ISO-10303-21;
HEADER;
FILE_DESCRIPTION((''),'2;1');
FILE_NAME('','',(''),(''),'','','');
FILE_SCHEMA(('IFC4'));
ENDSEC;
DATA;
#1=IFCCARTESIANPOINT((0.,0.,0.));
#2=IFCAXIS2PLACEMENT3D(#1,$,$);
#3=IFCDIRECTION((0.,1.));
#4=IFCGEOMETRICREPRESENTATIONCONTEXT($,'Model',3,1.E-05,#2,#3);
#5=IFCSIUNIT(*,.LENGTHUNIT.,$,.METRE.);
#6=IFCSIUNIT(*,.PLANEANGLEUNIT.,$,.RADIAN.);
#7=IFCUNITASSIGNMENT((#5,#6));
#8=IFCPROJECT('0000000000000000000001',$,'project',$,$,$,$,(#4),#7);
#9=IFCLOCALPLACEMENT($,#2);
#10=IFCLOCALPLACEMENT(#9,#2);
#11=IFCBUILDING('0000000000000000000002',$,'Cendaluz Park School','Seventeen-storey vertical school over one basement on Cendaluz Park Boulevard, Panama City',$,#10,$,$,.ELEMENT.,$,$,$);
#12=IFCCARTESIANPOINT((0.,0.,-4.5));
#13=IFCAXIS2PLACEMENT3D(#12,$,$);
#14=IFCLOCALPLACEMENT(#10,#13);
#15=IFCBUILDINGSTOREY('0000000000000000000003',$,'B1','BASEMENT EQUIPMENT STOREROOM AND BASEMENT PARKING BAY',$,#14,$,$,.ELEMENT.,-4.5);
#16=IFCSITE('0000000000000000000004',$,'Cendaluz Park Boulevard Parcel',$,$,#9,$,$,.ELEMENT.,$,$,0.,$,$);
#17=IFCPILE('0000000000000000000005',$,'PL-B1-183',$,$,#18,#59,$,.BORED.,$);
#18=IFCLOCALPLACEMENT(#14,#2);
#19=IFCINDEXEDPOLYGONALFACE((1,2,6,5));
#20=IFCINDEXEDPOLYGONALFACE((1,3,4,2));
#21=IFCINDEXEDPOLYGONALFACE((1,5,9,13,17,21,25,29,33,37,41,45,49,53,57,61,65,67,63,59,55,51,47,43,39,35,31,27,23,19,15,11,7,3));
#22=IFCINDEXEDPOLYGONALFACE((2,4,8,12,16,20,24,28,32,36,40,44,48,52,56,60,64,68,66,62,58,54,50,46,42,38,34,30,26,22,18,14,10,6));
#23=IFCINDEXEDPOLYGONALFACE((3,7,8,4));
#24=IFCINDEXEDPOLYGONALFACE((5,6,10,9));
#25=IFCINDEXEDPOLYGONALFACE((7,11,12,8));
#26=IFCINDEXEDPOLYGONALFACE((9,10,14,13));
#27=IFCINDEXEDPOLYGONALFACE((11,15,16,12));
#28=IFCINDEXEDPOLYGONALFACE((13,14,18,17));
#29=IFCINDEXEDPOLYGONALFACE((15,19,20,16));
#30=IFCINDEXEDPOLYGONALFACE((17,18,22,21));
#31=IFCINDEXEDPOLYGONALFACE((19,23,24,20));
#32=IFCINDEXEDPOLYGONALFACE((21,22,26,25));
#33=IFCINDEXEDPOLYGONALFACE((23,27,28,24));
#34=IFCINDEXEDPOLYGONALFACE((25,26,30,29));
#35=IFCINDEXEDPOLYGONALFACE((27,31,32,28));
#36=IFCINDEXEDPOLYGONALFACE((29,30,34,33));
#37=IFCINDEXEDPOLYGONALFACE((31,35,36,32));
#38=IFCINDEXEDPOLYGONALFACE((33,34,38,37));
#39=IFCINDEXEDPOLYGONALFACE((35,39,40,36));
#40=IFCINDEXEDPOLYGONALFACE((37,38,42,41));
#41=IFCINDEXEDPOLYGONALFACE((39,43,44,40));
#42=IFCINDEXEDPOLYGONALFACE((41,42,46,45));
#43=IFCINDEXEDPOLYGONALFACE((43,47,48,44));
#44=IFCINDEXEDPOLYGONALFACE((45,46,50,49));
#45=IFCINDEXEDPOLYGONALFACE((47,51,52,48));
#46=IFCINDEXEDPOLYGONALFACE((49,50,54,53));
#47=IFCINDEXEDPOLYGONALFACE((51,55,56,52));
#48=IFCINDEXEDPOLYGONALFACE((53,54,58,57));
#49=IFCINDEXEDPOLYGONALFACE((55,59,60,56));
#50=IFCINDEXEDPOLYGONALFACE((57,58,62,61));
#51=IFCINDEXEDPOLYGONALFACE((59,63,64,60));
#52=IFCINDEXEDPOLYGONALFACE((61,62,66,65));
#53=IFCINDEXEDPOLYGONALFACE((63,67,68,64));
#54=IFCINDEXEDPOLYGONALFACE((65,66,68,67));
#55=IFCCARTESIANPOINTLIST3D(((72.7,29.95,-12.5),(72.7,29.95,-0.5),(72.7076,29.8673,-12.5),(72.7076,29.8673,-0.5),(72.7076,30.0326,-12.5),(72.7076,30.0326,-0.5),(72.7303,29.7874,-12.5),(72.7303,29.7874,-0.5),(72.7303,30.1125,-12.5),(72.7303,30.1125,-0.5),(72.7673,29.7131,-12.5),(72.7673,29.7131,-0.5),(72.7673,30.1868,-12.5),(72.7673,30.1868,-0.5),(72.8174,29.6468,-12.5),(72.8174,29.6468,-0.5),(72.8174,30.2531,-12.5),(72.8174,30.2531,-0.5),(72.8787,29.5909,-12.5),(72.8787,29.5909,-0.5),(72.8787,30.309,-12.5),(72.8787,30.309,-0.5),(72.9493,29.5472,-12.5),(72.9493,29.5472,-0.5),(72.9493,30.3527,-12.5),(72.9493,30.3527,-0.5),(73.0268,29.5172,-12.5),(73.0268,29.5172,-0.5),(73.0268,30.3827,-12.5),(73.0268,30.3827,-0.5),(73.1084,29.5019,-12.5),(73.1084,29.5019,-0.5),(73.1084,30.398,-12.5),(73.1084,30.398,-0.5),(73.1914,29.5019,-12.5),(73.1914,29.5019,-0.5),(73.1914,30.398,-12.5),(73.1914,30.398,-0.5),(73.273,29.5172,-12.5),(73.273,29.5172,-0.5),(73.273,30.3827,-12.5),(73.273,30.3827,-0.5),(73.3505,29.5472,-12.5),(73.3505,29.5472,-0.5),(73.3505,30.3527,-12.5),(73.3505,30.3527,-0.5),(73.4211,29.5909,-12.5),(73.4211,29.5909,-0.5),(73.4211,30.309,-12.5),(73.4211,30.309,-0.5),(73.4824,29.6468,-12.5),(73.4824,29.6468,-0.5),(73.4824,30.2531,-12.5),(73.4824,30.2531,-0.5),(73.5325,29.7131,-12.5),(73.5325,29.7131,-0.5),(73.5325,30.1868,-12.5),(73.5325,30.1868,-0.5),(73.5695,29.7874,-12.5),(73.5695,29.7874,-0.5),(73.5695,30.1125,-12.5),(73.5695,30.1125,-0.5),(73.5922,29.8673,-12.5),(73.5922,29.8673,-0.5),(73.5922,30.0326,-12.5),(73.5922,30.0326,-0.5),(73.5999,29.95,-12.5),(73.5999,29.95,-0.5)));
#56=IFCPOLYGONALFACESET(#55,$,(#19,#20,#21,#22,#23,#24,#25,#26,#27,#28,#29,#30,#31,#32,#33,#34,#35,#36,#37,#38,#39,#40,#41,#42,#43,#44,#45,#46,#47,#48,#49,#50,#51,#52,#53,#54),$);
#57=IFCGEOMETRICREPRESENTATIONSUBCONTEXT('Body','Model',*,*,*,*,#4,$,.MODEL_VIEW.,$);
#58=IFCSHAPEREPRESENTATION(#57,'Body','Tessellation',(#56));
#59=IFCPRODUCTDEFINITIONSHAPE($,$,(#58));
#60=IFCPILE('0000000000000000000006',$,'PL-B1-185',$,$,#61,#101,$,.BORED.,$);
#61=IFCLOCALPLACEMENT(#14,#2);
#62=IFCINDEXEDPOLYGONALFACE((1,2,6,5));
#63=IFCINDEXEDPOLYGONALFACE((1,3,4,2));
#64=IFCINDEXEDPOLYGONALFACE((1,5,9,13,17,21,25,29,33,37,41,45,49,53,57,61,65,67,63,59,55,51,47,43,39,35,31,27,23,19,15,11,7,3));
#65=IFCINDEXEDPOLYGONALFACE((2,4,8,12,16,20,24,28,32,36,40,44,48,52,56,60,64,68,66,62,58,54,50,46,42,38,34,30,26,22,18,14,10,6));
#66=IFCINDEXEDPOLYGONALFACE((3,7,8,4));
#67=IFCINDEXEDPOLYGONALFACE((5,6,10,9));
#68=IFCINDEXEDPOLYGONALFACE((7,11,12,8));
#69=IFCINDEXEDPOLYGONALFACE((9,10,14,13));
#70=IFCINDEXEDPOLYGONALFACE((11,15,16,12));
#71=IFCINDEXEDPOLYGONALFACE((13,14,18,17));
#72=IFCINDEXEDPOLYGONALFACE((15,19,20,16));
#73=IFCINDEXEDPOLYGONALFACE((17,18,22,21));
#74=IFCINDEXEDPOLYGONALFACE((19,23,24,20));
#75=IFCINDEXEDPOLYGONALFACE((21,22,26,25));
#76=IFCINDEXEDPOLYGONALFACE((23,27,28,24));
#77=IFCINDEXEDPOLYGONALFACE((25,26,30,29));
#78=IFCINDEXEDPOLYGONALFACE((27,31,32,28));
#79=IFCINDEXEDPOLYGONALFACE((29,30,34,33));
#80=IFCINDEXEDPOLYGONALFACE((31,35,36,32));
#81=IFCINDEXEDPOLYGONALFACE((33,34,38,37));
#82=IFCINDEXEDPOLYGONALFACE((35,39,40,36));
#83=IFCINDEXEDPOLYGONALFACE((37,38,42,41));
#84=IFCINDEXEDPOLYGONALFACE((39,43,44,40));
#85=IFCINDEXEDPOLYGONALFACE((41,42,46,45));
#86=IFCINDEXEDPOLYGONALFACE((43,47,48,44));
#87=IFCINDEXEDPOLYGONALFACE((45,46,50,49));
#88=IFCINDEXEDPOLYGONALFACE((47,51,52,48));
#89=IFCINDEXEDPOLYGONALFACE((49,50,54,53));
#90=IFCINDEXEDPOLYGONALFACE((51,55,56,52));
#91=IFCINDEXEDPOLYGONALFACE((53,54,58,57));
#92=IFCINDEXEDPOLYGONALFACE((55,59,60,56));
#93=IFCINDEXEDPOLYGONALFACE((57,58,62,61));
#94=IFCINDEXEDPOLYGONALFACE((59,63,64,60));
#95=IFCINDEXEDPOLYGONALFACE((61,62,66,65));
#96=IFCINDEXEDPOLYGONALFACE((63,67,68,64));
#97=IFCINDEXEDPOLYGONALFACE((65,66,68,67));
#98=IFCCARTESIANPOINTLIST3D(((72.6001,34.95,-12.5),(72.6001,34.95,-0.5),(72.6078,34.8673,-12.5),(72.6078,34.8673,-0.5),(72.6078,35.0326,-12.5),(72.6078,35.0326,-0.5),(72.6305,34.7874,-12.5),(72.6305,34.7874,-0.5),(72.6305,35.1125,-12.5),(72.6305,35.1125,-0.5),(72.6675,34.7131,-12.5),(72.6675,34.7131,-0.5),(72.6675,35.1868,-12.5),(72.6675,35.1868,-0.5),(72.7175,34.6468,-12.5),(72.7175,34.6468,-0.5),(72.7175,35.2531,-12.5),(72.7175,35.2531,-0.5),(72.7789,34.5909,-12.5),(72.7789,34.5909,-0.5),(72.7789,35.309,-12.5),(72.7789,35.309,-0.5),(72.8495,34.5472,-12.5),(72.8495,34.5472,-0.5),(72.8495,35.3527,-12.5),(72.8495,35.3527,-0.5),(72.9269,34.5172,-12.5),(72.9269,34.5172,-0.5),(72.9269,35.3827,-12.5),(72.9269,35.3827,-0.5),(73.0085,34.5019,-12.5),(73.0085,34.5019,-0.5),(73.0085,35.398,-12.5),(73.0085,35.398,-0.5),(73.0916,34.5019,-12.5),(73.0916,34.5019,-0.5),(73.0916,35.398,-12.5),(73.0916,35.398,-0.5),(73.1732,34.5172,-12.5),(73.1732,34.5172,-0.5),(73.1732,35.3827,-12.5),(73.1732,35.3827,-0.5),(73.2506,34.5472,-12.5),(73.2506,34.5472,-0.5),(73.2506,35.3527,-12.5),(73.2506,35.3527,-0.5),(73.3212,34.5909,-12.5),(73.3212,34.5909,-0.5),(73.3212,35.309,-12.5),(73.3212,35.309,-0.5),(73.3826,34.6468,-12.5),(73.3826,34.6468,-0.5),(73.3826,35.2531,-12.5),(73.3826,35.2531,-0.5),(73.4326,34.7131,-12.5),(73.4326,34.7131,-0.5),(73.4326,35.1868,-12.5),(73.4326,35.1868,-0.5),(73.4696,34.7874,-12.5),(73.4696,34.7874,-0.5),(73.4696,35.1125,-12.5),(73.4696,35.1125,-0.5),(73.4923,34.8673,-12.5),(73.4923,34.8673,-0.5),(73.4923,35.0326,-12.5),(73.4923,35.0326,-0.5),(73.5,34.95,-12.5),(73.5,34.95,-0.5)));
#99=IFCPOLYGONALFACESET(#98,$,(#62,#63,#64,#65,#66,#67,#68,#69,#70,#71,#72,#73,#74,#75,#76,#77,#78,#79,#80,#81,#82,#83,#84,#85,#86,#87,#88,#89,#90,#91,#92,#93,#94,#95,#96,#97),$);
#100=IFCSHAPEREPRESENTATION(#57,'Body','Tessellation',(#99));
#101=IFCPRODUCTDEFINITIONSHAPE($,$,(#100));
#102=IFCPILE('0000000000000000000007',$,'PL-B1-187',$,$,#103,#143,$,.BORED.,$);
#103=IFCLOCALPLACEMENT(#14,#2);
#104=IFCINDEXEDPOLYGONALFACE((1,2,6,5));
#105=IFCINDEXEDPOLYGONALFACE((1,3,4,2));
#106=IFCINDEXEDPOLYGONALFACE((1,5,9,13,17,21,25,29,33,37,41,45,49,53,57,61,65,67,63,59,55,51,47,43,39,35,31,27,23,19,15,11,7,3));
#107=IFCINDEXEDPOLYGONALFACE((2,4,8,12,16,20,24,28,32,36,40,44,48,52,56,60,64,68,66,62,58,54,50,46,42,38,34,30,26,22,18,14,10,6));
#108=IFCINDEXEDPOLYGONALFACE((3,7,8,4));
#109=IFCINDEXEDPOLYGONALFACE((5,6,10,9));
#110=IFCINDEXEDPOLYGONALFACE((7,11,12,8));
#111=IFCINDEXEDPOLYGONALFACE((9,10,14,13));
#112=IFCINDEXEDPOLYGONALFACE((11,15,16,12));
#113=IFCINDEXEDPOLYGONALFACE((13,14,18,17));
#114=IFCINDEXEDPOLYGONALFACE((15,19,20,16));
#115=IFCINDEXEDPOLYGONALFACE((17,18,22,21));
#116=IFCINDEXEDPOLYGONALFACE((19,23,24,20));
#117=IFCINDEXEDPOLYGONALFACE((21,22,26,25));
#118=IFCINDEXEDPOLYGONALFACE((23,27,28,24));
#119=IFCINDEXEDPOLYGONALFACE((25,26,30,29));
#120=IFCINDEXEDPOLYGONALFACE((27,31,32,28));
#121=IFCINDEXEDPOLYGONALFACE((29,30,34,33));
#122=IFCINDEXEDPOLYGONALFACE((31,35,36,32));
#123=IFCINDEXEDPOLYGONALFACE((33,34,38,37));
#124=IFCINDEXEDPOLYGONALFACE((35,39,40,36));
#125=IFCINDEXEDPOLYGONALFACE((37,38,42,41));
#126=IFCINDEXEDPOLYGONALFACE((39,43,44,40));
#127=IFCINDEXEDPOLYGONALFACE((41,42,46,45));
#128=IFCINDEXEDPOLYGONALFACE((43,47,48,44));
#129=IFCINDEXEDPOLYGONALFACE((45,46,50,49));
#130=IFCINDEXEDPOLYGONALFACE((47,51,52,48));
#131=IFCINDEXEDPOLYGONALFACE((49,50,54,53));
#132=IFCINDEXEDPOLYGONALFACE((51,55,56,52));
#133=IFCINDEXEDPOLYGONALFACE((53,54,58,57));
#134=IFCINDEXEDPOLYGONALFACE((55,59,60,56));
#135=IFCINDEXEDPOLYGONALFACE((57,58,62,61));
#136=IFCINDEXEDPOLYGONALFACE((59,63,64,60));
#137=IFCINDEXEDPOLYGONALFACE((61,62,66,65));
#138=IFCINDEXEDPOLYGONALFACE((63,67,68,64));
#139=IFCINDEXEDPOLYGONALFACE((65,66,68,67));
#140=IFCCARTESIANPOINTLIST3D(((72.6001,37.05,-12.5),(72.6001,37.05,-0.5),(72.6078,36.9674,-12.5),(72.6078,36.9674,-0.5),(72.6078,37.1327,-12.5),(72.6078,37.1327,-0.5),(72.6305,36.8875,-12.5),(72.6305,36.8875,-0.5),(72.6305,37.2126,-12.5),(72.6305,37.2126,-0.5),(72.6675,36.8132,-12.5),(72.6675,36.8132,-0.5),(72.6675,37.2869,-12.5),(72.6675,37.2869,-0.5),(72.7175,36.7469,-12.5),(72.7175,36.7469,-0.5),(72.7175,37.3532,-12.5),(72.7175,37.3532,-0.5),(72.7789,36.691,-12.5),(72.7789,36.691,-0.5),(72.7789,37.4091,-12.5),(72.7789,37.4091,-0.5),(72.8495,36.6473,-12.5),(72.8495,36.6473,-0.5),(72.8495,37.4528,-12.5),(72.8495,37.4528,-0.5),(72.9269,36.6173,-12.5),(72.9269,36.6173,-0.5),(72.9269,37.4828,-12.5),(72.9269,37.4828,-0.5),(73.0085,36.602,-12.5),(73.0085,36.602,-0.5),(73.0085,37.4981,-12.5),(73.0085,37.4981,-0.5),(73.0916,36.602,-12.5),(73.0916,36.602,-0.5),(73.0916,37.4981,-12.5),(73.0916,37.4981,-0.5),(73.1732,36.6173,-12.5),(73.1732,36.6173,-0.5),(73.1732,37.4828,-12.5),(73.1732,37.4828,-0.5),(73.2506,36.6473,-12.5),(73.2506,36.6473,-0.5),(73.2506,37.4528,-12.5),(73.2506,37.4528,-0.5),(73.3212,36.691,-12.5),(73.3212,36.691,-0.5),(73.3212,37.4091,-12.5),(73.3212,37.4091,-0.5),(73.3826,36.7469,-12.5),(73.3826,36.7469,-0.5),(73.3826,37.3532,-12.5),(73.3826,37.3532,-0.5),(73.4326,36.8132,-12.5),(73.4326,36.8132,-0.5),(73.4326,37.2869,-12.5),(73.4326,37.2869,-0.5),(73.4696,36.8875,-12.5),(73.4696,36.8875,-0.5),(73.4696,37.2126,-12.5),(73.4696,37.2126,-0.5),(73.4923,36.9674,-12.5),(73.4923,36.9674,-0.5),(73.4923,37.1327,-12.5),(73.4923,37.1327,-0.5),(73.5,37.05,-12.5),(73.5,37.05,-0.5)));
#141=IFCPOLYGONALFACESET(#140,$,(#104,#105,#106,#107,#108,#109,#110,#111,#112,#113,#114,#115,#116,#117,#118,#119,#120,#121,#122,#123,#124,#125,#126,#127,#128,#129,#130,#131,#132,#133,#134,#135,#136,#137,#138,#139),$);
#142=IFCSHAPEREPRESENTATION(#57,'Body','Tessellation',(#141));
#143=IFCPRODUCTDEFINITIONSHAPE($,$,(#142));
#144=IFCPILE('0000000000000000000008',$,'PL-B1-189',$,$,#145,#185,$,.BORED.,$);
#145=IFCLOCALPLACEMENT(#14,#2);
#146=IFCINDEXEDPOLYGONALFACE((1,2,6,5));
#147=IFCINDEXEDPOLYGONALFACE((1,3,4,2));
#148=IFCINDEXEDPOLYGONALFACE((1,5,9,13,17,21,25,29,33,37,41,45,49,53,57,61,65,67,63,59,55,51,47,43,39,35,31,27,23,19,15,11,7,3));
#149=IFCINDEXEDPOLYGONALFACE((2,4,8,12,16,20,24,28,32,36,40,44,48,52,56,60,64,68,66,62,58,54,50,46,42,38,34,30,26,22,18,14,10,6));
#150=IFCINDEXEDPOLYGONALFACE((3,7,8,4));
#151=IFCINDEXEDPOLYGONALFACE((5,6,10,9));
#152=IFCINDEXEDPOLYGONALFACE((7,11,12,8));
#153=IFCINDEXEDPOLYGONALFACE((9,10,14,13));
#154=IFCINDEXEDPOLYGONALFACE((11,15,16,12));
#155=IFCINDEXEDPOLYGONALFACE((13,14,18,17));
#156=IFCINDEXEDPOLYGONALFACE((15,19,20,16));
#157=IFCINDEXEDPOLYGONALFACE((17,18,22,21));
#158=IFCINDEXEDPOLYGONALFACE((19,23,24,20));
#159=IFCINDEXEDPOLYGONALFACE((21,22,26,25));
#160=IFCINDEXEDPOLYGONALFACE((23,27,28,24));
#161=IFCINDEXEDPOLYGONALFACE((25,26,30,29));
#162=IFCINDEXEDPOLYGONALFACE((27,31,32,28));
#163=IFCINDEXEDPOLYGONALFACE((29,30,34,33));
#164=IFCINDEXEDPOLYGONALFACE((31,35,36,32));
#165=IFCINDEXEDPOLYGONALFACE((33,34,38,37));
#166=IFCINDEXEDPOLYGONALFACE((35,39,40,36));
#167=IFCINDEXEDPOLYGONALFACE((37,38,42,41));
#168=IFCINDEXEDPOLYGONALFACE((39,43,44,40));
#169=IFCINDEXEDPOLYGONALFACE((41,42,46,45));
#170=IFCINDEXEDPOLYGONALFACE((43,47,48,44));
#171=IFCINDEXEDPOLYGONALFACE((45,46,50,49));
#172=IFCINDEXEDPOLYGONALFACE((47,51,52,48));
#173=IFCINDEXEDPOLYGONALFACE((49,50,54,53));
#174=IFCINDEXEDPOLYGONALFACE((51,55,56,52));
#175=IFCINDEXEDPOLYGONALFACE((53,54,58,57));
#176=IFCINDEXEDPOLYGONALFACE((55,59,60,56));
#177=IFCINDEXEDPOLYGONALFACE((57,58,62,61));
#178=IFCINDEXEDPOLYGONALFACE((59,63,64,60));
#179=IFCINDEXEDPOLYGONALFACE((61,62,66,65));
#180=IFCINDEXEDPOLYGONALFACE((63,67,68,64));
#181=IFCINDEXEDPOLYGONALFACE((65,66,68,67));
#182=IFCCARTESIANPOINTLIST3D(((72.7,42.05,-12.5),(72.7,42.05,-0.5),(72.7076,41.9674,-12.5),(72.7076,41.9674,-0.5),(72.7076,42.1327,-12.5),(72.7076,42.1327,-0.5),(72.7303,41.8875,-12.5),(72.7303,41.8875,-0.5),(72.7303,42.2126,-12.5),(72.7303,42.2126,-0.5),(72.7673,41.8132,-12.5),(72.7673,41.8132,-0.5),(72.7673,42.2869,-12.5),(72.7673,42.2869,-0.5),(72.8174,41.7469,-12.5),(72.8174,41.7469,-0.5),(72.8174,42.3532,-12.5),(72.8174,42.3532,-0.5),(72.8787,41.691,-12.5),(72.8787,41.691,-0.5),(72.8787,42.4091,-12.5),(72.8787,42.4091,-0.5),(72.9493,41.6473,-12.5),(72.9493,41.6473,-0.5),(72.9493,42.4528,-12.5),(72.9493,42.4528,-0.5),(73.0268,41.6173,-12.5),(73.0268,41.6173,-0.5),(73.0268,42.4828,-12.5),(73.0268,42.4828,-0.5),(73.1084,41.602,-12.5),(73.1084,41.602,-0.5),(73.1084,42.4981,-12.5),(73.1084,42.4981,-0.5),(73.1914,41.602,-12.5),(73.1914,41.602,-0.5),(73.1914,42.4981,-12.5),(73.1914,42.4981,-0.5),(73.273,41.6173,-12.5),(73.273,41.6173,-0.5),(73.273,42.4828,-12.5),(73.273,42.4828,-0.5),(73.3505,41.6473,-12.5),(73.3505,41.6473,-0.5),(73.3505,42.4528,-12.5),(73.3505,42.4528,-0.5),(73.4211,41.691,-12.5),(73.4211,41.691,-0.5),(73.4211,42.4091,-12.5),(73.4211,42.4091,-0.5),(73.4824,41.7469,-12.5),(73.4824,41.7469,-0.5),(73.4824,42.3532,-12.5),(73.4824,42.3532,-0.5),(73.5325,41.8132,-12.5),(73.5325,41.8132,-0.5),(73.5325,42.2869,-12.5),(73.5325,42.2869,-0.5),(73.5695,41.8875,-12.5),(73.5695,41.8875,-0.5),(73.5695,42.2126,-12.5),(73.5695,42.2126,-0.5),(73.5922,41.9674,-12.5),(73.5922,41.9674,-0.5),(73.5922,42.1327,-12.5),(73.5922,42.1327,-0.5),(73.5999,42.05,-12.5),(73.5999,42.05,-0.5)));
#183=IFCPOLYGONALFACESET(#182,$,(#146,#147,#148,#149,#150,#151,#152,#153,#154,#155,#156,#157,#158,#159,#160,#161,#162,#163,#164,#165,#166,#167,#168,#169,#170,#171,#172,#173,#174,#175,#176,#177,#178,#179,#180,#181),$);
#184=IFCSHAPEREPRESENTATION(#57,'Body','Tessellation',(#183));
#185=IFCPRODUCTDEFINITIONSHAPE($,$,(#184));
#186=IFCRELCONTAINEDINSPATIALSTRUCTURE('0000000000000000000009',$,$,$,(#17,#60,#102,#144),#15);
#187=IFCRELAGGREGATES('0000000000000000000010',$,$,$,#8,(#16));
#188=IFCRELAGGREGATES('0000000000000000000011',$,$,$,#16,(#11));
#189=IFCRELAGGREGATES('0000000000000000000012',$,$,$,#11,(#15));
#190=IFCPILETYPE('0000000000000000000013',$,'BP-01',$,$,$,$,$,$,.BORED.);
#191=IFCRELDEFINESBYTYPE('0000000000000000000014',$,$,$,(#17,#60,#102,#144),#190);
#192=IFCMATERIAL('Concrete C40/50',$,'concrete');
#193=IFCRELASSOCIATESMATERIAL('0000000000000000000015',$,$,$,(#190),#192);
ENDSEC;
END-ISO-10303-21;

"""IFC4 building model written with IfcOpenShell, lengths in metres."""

from ifc_helpers import new_model, si_unit, direction, frame, origin, origin_2d, place, context, subcontext, project, spatial, circle, extrude, material, material_profile, profile_set, type_object, element, save


model = new_model("IFC4")

# Units and contexts
model_context = context("Model", 3, precision=1e-05, world=origin(), true_north=direction((0.0, 1.0)))
body_context = subcontext(model_context, "Body", "Model", "MODEL_VIEW")
ifc_project = project(units=[si_unit("LENGTHUNIT", "METRE"), si_unit("PLANEANGLEUNIT", "RADIAN")], contexts=[model_context])

# Site, building, storey
site_placement = place(None, origin())
site = spatial("IfcSite", under=ifc_project, at=site_placement, Name="Cendaluz Park Boulevard Parcel", CompositionType="ELEMENT", RefElevation=0.0)
building_placement = place(site_placement, origin())
building = spatial("IfcBuilding", under=site, at=building_placement, Name="Cendaluz Park School", Description="Seventeen-storey vertical school over one basement on Cendaluz Park Boulevard, Panama City", CompositionType="ELEMENT")
storey_placement = place(building_placement, frame((0.0, 0.0, -4.5)))
storey = spatial("IfcBuildingStorey", under=building, at=storey_placement, Name="B1", Description="BASEMENT EQUIPMENT STOREROOM AND BASEMENT PARKING BAY", CompositionType="ELEMENT", Elevation=-4.5)

# Piles
ifc_material_1 = material(Name="Concrete C40/50", Category="concrete")
ifc_material_profile_1 = material_profile(ifc_material_1, circle(Radius=0.45, at=origin_2d()), Name="BP D900", Category="concrete")
ifc_profile_set_1 = profile_set([ifc_material_profile_1], Name="Concrete C40/50")
pile_type = type_object("IfcPileType", Name="BP-01", PredefinedType="BORED", material=ifc_profile_set_1)
for number, where, z_axis, x_axis, name in (
    (1, (73.1499, 29.95, -0.5), (0.0, 0.0, -1.0), (1.0, 0.0, 0.0), "PL-B1-183"),
    (2, (73.05, 34.95, -0.5), (0.0, 0.0, -1.0), (1.0, 0.0, 0.0), "PL-B1-185"),
    (3, (73.05, 37.05, -0.5), (0.0, 0.0, -1.0), (1.0, 0.0, 0.0), "PL-B1-187"),
    (4, (73.1499, 42.05, -0.5), (0.0, 0.0, -1.0), (1.0, 0.0, 0.0), "PL-B1-189"),
):
    element("IfcPile", number, at=place(storey_placement, frame(where, z_axis=z_axis, x_axis=x_axis)), inside=storey, type_object=pile_type, Name=name, PredefinedType="BORED", context=body_context, shape_type="SweptSolid", body=[
        extrude(circle(Radius=0.45, at=origin_2d()), origin(), (0.0, 0.0, 1.0), 12.0),
    ])

save(model, "model.ifc")
